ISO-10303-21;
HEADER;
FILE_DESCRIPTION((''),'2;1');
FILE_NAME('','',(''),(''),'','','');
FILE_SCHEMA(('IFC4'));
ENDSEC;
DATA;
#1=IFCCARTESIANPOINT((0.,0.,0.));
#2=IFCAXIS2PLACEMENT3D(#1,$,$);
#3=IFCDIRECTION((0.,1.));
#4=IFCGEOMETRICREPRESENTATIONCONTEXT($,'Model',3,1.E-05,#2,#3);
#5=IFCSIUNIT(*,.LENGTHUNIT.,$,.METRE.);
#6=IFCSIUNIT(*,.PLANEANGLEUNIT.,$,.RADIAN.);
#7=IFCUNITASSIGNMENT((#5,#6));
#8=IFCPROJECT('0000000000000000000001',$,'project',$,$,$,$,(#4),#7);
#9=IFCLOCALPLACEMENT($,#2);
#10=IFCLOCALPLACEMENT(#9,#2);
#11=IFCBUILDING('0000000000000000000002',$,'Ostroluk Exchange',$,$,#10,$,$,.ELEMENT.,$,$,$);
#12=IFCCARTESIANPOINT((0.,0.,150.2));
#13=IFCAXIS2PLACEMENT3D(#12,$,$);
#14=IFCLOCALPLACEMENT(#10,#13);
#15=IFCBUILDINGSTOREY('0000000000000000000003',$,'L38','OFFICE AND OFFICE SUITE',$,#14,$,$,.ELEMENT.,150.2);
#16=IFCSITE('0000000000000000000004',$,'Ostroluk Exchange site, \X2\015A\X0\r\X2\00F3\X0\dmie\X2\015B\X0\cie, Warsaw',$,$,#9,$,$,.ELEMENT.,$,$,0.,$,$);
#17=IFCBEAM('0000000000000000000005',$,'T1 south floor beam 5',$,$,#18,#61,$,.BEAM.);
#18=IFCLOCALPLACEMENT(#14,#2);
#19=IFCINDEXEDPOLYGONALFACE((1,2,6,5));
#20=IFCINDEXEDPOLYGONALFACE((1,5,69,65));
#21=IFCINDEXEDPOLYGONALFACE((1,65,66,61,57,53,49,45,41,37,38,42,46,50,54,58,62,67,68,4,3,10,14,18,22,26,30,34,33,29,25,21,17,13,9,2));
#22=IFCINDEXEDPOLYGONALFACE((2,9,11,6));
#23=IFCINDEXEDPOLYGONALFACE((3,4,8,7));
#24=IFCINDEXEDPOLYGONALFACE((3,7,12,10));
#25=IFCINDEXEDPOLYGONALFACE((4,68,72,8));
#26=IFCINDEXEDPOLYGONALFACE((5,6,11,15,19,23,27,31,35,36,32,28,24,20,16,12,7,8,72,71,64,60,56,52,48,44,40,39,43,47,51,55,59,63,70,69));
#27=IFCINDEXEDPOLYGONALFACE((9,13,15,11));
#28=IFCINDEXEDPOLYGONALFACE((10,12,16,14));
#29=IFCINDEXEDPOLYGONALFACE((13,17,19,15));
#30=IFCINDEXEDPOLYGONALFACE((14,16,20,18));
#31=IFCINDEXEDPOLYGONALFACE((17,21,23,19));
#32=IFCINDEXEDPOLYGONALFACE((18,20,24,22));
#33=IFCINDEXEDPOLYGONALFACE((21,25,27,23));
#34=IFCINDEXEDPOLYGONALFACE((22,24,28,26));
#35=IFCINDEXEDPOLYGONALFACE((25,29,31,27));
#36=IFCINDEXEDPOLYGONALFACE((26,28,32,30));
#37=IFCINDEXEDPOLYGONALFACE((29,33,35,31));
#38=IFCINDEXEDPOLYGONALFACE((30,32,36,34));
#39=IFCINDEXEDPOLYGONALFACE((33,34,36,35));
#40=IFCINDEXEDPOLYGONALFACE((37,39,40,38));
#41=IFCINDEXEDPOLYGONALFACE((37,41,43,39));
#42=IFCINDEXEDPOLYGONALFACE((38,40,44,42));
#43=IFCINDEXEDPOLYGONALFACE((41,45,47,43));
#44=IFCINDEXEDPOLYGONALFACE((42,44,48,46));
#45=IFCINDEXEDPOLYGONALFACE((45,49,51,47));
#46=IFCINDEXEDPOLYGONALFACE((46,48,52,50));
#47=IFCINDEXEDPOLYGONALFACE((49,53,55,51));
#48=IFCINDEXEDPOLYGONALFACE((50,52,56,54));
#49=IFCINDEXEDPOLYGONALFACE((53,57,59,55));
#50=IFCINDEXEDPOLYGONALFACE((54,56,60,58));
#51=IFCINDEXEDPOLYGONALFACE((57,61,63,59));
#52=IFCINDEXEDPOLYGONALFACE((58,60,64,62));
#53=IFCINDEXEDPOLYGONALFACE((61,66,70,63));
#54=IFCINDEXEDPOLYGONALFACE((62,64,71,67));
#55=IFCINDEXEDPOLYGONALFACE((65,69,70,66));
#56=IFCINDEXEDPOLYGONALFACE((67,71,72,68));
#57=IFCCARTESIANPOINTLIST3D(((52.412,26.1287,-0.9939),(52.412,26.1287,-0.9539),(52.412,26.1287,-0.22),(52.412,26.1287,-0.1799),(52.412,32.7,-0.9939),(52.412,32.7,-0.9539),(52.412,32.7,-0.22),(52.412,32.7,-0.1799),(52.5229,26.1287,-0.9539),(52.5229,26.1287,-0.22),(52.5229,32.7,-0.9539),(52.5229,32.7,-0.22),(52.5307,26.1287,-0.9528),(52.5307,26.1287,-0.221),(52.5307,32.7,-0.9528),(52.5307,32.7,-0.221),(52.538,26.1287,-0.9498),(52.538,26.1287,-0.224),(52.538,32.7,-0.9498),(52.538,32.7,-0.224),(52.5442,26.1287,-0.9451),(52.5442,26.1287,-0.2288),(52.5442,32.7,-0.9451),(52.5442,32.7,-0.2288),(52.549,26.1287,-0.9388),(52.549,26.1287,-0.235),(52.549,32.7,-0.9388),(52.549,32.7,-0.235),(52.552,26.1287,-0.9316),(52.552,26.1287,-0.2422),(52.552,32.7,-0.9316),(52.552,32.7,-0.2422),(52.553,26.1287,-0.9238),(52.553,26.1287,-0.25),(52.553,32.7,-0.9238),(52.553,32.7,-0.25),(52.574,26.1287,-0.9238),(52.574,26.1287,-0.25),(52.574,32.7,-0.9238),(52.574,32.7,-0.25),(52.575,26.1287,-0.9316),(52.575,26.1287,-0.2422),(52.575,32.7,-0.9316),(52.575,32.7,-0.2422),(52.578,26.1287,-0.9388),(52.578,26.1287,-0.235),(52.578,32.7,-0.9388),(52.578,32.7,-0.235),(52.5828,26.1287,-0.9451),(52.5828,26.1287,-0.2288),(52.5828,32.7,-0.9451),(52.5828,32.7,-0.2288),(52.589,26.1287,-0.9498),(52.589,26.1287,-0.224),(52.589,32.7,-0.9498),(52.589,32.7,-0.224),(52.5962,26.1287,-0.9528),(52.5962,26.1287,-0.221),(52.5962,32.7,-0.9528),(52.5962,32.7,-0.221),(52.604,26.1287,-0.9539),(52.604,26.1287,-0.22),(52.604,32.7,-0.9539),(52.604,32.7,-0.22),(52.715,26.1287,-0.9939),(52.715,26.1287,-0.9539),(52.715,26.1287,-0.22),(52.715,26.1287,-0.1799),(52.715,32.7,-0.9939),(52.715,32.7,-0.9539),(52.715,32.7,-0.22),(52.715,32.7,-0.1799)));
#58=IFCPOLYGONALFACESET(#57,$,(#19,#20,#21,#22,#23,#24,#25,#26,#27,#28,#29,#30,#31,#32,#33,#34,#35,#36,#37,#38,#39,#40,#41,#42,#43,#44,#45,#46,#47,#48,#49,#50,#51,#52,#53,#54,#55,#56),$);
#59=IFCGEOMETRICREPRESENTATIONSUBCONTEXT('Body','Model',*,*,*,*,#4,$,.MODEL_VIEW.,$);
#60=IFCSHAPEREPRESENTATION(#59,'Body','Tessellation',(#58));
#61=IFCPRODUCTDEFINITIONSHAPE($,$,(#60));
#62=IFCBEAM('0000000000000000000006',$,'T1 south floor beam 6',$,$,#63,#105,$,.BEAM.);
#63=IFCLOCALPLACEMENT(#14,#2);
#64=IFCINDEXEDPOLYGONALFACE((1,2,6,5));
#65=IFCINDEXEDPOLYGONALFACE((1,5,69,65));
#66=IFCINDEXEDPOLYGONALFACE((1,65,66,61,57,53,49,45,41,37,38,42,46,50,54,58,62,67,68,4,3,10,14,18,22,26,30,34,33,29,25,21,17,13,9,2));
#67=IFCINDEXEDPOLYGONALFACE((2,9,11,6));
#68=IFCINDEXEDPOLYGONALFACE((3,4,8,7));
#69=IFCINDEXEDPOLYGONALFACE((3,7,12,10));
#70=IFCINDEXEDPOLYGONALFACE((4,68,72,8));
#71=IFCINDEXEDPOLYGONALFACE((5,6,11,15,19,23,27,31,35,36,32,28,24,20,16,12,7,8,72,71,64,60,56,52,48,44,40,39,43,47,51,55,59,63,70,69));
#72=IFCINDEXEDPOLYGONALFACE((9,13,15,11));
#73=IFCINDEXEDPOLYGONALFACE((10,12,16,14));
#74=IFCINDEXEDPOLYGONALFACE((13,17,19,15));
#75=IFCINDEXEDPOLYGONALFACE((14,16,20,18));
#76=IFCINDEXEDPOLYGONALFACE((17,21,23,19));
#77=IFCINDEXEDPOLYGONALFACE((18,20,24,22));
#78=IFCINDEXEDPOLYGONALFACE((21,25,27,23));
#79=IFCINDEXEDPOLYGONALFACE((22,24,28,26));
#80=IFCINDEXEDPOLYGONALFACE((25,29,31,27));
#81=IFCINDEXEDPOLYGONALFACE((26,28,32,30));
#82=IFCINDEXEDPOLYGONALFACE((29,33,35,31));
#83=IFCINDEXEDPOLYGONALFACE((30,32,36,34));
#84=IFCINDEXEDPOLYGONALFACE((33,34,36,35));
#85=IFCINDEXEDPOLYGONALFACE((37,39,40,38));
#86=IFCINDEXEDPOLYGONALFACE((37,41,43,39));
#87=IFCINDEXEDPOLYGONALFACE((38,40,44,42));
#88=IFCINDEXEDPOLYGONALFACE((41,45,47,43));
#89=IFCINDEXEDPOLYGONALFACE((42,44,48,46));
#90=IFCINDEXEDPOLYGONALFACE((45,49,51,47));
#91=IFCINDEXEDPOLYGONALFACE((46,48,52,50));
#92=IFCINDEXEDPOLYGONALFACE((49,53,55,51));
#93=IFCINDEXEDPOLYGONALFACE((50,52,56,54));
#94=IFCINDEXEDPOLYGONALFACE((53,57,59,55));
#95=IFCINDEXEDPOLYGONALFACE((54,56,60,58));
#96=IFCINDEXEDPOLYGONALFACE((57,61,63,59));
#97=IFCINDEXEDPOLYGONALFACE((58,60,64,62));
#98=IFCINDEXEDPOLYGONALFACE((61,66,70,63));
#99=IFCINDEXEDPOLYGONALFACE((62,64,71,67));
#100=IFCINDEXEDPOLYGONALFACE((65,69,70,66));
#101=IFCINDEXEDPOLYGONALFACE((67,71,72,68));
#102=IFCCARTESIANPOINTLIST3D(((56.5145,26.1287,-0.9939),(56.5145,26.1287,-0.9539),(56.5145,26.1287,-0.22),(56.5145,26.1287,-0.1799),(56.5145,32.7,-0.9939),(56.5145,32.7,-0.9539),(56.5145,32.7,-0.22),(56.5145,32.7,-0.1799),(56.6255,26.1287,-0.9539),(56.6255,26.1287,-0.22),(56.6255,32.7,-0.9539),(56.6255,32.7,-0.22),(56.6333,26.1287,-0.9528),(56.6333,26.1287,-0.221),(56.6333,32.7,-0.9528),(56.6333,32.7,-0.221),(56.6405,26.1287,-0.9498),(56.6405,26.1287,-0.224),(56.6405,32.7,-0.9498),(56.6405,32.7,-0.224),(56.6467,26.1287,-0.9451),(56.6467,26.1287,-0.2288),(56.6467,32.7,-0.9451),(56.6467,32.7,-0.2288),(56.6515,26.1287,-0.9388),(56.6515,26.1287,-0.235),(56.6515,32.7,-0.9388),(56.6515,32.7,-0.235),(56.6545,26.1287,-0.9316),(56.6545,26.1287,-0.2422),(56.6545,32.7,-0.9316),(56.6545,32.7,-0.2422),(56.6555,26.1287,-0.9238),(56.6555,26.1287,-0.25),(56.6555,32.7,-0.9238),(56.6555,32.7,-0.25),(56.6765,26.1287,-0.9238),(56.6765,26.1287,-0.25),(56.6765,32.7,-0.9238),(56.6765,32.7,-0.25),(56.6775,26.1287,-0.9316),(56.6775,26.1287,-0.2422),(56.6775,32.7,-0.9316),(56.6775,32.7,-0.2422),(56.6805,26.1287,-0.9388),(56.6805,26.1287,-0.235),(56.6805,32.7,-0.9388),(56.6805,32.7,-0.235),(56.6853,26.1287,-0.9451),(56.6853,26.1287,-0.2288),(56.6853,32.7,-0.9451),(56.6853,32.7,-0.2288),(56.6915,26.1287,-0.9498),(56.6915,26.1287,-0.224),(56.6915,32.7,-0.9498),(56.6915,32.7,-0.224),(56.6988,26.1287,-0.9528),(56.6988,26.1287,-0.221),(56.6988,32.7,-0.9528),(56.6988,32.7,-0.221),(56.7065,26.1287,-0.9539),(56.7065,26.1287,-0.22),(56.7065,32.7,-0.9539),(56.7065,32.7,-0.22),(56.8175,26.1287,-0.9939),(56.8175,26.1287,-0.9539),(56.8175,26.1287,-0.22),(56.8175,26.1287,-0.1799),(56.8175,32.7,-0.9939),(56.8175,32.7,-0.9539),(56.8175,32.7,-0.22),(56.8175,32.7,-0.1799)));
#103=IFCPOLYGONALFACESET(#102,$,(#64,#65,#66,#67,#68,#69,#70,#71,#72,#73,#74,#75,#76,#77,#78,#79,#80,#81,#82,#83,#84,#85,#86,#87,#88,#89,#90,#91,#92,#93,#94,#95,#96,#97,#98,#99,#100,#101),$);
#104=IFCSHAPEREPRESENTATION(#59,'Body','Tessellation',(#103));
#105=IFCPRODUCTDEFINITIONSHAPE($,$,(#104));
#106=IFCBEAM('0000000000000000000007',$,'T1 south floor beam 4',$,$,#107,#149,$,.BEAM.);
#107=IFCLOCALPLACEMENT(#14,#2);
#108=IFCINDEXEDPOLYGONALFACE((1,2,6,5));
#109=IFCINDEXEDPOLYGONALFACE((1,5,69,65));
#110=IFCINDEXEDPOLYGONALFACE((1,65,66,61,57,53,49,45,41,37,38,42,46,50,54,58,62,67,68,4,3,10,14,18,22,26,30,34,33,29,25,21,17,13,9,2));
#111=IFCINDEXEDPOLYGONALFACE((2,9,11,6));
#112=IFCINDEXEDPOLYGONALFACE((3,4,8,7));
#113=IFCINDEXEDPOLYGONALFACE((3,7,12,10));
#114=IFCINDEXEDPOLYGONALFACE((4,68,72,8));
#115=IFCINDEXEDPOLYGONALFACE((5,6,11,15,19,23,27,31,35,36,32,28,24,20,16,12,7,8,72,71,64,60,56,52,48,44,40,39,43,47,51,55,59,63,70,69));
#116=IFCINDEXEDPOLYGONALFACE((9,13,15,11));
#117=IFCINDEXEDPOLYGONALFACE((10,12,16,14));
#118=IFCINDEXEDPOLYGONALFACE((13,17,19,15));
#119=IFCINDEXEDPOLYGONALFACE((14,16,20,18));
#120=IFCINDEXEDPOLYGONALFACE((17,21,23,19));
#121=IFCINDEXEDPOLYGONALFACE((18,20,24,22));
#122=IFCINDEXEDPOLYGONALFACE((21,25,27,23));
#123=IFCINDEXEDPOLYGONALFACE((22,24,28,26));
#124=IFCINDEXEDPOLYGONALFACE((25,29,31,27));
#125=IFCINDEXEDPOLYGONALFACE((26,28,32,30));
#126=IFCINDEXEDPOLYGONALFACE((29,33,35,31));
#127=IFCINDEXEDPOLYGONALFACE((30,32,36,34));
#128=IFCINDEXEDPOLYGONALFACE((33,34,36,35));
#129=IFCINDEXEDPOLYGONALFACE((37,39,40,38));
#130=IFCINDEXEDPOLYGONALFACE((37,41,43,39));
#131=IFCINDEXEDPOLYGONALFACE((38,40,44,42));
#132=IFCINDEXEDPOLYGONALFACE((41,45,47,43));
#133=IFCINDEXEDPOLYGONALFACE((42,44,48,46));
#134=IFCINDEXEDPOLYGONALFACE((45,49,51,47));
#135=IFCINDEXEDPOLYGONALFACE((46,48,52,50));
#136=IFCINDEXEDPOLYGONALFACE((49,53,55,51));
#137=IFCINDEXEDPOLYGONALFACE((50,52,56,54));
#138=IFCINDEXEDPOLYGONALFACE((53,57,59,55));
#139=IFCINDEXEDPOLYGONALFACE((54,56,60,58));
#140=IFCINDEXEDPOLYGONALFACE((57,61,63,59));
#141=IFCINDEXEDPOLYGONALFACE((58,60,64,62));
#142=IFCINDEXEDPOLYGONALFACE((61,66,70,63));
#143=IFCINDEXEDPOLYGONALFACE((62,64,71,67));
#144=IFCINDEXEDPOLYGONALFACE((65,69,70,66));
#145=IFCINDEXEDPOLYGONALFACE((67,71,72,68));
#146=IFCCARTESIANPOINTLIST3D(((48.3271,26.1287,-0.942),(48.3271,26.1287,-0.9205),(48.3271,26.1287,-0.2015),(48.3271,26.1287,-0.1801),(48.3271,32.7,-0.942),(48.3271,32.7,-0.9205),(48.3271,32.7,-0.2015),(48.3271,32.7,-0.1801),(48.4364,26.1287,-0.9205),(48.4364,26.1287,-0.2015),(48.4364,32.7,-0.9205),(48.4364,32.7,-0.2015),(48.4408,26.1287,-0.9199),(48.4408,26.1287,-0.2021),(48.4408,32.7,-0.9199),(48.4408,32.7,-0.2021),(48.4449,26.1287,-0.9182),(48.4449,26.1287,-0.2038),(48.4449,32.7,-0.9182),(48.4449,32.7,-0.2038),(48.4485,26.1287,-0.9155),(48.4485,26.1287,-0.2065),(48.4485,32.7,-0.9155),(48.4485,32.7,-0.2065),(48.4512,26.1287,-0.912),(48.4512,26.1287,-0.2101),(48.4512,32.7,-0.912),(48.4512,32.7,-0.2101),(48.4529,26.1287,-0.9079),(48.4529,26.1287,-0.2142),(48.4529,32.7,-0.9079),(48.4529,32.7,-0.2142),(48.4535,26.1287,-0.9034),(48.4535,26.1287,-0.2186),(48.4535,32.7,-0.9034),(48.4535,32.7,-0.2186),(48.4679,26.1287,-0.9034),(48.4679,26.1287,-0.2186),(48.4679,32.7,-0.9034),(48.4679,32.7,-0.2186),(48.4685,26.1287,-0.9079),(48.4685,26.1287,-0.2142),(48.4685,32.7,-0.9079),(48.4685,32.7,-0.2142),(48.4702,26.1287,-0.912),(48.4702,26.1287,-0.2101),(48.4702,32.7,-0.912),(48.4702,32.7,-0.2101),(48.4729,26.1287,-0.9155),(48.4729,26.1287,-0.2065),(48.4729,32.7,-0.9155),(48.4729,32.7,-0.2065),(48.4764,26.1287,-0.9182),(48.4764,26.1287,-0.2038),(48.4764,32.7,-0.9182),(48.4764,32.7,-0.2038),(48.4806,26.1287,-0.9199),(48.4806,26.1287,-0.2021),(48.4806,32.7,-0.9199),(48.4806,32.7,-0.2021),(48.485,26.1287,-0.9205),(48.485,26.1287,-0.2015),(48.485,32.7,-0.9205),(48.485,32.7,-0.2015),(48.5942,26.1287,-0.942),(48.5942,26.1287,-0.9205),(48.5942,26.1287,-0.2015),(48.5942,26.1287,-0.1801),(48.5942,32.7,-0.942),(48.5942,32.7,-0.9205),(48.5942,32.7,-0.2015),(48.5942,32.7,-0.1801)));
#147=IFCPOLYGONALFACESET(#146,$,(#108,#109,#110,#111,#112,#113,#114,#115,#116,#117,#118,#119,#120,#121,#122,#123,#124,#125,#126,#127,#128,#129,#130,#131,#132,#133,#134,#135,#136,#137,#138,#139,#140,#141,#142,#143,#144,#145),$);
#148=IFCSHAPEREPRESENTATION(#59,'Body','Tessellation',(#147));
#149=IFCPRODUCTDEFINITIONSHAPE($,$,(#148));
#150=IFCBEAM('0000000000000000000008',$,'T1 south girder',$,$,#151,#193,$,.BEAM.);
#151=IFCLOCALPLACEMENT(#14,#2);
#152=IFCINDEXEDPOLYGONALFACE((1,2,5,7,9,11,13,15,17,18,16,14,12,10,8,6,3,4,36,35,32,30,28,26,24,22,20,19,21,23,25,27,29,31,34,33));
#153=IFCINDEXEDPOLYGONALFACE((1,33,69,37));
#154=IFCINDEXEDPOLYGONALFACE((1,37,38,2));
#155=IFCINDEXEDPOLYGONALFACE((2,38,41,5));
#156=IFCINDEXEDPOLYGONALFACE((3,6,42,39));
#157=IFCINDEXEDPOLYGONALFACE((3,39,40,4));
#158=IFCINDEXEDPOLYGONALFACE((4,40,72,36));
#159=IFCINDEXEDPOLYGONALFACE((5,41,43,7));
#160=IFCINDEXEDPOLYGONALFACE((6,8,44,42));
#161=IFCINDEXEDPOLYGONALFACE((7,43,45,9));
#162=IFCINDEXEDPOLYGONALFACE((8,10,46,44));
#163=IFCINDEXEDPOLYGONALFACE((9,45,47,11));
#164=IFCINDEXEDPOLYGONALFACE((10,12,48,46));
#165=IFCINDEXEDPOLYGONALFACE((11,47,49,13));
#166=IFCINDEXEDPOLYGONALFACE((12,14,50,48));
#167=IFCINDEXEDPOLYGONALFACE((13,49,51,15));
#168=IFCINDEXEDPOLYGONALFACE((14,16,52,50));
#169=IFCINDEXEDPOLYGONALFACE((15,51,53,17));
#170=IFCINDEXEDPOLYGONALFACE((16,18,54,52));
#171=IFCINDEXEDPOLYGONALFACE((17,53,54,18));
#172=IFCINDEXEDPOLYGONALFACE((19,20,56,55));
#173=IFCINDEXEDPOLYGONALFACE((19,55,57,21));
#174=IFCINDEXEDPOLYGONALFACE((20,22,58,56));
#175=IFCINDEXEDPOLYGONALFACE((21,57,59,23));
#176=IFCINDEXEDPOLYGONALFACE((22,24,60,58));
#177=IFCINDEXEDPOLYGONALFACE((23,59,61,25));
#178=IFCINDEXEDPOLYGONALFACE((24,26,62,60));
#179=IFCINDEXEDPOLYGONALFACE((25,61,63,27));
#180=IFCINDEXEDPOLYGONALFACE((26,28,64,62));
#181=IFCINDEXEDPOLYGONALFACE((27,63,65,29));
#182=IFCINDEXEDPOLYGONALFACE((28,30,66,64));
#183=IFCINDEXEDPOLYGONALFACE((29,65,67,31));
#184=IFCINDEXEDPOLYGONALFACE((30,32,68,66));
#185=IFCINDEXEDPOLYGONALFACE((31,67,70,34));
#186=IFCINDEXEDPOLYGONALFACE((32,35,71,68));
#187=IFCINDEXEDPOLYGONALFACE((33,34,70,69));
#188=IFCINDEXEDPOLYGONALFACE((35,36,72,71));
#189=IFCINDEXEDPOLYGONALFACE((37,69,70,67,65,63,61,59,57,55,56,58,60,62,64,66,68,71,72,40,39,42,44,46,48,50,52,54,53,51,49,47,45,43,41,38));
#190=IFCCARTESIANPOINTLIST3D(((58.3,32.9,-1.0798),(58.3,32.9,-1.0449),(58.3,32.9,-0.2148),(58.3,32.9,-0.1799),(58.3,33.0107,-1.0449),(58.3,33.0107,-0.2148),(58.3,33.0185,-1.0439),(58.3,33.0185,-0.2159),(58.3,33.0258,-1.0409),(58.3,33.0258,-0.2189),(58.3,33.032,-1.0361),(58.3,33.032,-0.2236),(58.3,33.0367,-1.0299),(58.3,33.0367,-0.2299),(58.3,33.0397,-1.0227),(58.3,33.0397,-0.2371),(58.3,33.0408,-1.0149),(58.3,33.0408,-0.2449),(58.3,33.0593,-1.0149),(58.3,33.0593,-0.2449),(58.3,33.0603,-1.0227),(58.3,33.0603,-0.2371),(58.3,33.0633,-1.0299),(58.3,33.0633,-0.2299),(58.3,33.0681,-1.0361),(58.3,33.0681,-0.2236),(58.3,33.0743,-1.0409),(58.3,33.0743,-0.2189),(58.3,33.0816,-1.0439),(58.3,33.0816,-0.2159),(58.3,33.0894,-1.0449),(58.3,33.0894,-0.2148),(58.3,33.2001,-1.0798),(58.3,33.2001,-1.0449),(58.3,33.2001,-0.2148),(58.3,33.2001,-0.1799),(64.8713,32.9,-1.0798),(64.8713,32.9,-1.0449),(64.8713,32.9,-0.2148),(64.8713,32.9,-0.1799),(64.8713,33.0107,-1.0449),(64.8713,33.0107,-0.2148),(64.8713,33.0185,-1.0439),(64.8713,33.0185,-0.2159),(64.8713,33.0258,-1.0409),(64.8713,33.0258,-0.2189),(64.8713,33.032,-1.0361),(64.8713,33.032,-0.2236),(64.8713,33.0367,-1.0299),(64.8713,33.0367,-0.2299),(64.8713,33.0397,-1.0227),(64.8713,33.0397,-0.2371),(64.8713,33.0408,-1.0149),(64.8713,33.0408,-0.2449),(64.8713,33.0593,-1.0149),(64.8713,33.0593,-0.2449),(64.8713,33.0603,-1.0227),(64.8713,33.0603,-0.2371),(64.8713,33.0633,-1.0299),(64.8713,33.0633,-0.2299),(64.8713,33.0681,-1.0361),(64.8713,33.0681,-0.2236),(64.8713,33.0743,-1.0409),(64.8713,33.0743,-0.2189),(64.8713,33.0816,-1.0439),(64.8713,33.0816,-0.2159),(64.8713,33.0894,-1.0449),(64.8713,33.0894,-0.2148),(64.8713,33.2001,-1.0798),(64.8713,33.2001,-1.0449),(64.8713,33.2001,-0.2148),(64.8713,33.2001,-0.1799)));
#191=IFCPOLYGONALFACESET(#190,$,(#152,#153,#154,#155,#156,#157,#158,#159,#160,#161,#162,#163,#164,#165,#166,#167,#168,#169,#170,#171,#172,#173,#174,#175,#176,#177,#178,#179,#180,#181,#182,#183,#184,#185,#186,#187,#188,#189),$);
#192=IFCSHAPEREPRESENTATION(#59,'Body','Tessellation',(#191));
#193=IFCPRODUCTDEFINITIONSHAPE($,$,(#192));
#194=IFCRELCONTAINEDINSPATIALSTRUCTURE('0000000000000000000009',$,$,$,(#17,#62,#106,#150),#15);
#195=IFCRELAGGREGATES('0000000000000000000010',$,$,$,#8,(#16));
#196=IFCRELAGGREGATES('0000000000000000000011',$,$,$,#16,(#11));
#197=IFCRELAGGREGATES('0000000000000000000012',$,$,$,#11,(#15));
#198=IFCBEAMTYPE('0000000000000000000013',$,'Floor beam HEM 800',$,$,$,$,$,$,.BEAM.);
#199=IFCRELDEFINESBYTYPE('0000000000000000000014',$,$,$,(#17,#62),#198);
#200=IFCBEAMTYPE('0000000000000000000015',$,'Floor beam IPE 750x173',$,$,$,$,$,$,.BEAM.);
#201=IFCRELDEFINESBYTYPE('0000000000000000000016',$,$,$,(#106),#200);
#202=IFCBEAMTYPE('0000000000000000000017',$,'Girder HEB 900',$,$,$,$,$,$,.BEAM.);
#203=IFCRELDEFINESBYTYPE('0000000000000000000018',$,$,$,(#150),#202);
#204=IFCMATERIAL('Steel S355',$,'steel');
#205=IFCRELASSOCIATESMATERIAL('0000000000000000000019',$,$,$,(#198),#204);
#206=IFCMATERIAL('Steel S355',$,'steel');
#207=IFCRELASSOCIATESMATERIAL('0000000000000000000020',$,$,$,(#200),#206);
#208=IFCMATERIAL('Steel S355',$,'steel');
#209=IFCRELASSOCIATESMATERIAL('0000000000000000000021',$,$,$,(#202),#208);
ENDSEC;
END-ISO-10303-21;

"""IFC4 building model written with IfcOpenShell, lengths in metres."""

from ifc_helpers import new_model, si_unit, direction, frame, origin, origin_2d, place, context, subcontext, project, spatial, i_section, extrude, material, material_profile, profile_set, type_object, element, save


model = new_model("IFC4")

# Units and contexts
model_context = context("Model", 3, precision=1e-05, world=origin(), true_north=direction((0.0, 1.0)))
body_context = subcontext(model_context, "Body", "Model", "MODEL_VIEW")
ifc_project = project(units=[si_unit("LENGTHUNIT", "METRE"), si_unit("PLANEANGLEUNIT", "RADIAN")], contexts=[model_context])

# Site, building, storey
site_placement = place(None, origin())
site = spatial("IfcSite", under=ifc_project, at=site_placement, Name="Ostroluk Exchange site, Śródmieście, Warsaw", CompositionType="ELEMENT", RefElevation=0.0)
building_placement = place(site_placement, origin())
building = spatial("IfcBuilding", under=site, at=building_placement, Name="Ostroluk Exchange", CompositionType="ELEMENT")
storey_placement = place(building_placement, frame((0.0, 0.0, 150.2)))
storey = spatial("IfcBuildingStorey", under=building, at=storey_placement, Name="L38", Description="OFFICE AND OFFICE SUITE", CompositionType="ELEMENT", Elevation=150.2)

# Beams
ifc_material_1 = material(Name="Steel S355", Category="steel")
ifc_material_profile_1 = material_profile(ifc_material_1, i_section(OverallWidth=0.303, OverallDepth=0.814, WebThickness=0.021, FlangeThickness=0.04, FilletRadius=0.03, at=origin_2d()), Name="HEM 800")
ifc_profile_set_1 = profile_set([ifc_material_profile_1], Name="Steel S355")
beam_type_1 = type_object("IfcBeamType", Name="Floor beam HEM 800", PredefinedType="BEAM", material=ifc_profile_set_1)
for number, where, z_axis, x_axis, name in (
    (1, (52.5635, 32.7, -0.5869), (0.0, -1.0, 0.0), (1.0, 0.0, 0.0), "T1 south floor beam 5"),
    (2, (56.666, 32.7, -0.5869), (0.0, -1.0, 0.0), (1.0, 0.0, 0.0), "T1 south floor beam 6"),
):
    element("IfcBeam", number, at=place(storey_placement, frame(where, z_axis=z_axis, x_axis=x_axis)), inside=storey, type_object=beam_type_1, Name=name, PredefinedType="BEAM", context=body_context, shape_type="SweptSolid", body=[
        extrude(i_section(OverallWidth=0.303, OverallDepth=0.814, WebThickness=0.021, FlangeThickness=0.04, FilletRadius=0.03, at=origin_2d()), origin(), (0.0, 0.0, 1.0), 6.5713),
    ])
ifc_material_2 = material(Name="Steel S355", Category="steel")
ifc_material_profile_2 = material_profile(ifc_material_2, i_section(OverallWidth=0.2671, OverallDepth=0.762, WebThickness=0.0144, FlangeThickness=0.0215, FilletRadius=0.0171, at=origin_2d()), Name="IPE 750x173")
ifc_profile_set_2 = profile_set([ifc_material_profile_2], Name="Steel S355")
beam_type_2 = type_object("IfcBeamType", Name="Floor beam IPE 750x173", PredefinedType="BEAM", material=ifc_profile_set_2)
beam_1_placement = place(storey_placement, frame((48.4607, 32.7, -0.561), z_axis=(0.0, -1.0, 0.0), x_axis=(1.0, 0.0, 0.0)))
element("IfcBeam", 3, at=beam_1_placement, inside=storey, type_object=beam_type_2, Name="T1 south floor beam 4", PredefinedType="BEAM", context=body_context, shape_type="SweptSolid", body=[
    extrude(i_section(OverallWidth=0.2671, OverallDepth=0.762, WebThickness=0.0144, FlangeThickness=0.0215, FilletRadius=0.0171, at=origin_2d()), origin(), (0.0, 0.0, 1.0), 6.5713),
])
ifc_material_3 = material(Name="Steel S355", Category="steel")
ifc_material_profile_3 = material_profile(ifc_material_3, i_section(OverallWidth=0.3, OverallDepth=0.8999, WebThickness=0.0186, FlangeThickness=0.0349, FilletRadius=0.03, at=origin_2d()), Name="HEB 900")
ifc_profile_set_3 = profile_set([ifc_material_profile_3], Name="Steel S355")
beam_type_3 = type_object("IfcBeamType", Name="Girder HEB 900", PredefinedType="BEAM", material=ifc_profile_set_3)
beam_2_placement = place(storey_placement, frame((58.3, 33.05, -0.6299), z_axis=(1.0, 0.0, 0.0), x_axis=(0.0, 1.0, 0.0)))
element("IfcBeam", 4, at=beam_2_placement, inside=storey, type_object=beam_type_3, Name="T1 south girder", PredefinedType="BEAM", context=body_context, shape_type="SweptSolid", body=[
    extrude(i_section(OverallWidth=0.3, OverallDepth=0.8999, WebThickness=0.0186, FlangeThickness=0.0349, FilletRadius=0.03, at=origin_2d()), origin(), (0.0, 0.0, 1.0), 6.5713),
])

save(model, "model.ifc")
